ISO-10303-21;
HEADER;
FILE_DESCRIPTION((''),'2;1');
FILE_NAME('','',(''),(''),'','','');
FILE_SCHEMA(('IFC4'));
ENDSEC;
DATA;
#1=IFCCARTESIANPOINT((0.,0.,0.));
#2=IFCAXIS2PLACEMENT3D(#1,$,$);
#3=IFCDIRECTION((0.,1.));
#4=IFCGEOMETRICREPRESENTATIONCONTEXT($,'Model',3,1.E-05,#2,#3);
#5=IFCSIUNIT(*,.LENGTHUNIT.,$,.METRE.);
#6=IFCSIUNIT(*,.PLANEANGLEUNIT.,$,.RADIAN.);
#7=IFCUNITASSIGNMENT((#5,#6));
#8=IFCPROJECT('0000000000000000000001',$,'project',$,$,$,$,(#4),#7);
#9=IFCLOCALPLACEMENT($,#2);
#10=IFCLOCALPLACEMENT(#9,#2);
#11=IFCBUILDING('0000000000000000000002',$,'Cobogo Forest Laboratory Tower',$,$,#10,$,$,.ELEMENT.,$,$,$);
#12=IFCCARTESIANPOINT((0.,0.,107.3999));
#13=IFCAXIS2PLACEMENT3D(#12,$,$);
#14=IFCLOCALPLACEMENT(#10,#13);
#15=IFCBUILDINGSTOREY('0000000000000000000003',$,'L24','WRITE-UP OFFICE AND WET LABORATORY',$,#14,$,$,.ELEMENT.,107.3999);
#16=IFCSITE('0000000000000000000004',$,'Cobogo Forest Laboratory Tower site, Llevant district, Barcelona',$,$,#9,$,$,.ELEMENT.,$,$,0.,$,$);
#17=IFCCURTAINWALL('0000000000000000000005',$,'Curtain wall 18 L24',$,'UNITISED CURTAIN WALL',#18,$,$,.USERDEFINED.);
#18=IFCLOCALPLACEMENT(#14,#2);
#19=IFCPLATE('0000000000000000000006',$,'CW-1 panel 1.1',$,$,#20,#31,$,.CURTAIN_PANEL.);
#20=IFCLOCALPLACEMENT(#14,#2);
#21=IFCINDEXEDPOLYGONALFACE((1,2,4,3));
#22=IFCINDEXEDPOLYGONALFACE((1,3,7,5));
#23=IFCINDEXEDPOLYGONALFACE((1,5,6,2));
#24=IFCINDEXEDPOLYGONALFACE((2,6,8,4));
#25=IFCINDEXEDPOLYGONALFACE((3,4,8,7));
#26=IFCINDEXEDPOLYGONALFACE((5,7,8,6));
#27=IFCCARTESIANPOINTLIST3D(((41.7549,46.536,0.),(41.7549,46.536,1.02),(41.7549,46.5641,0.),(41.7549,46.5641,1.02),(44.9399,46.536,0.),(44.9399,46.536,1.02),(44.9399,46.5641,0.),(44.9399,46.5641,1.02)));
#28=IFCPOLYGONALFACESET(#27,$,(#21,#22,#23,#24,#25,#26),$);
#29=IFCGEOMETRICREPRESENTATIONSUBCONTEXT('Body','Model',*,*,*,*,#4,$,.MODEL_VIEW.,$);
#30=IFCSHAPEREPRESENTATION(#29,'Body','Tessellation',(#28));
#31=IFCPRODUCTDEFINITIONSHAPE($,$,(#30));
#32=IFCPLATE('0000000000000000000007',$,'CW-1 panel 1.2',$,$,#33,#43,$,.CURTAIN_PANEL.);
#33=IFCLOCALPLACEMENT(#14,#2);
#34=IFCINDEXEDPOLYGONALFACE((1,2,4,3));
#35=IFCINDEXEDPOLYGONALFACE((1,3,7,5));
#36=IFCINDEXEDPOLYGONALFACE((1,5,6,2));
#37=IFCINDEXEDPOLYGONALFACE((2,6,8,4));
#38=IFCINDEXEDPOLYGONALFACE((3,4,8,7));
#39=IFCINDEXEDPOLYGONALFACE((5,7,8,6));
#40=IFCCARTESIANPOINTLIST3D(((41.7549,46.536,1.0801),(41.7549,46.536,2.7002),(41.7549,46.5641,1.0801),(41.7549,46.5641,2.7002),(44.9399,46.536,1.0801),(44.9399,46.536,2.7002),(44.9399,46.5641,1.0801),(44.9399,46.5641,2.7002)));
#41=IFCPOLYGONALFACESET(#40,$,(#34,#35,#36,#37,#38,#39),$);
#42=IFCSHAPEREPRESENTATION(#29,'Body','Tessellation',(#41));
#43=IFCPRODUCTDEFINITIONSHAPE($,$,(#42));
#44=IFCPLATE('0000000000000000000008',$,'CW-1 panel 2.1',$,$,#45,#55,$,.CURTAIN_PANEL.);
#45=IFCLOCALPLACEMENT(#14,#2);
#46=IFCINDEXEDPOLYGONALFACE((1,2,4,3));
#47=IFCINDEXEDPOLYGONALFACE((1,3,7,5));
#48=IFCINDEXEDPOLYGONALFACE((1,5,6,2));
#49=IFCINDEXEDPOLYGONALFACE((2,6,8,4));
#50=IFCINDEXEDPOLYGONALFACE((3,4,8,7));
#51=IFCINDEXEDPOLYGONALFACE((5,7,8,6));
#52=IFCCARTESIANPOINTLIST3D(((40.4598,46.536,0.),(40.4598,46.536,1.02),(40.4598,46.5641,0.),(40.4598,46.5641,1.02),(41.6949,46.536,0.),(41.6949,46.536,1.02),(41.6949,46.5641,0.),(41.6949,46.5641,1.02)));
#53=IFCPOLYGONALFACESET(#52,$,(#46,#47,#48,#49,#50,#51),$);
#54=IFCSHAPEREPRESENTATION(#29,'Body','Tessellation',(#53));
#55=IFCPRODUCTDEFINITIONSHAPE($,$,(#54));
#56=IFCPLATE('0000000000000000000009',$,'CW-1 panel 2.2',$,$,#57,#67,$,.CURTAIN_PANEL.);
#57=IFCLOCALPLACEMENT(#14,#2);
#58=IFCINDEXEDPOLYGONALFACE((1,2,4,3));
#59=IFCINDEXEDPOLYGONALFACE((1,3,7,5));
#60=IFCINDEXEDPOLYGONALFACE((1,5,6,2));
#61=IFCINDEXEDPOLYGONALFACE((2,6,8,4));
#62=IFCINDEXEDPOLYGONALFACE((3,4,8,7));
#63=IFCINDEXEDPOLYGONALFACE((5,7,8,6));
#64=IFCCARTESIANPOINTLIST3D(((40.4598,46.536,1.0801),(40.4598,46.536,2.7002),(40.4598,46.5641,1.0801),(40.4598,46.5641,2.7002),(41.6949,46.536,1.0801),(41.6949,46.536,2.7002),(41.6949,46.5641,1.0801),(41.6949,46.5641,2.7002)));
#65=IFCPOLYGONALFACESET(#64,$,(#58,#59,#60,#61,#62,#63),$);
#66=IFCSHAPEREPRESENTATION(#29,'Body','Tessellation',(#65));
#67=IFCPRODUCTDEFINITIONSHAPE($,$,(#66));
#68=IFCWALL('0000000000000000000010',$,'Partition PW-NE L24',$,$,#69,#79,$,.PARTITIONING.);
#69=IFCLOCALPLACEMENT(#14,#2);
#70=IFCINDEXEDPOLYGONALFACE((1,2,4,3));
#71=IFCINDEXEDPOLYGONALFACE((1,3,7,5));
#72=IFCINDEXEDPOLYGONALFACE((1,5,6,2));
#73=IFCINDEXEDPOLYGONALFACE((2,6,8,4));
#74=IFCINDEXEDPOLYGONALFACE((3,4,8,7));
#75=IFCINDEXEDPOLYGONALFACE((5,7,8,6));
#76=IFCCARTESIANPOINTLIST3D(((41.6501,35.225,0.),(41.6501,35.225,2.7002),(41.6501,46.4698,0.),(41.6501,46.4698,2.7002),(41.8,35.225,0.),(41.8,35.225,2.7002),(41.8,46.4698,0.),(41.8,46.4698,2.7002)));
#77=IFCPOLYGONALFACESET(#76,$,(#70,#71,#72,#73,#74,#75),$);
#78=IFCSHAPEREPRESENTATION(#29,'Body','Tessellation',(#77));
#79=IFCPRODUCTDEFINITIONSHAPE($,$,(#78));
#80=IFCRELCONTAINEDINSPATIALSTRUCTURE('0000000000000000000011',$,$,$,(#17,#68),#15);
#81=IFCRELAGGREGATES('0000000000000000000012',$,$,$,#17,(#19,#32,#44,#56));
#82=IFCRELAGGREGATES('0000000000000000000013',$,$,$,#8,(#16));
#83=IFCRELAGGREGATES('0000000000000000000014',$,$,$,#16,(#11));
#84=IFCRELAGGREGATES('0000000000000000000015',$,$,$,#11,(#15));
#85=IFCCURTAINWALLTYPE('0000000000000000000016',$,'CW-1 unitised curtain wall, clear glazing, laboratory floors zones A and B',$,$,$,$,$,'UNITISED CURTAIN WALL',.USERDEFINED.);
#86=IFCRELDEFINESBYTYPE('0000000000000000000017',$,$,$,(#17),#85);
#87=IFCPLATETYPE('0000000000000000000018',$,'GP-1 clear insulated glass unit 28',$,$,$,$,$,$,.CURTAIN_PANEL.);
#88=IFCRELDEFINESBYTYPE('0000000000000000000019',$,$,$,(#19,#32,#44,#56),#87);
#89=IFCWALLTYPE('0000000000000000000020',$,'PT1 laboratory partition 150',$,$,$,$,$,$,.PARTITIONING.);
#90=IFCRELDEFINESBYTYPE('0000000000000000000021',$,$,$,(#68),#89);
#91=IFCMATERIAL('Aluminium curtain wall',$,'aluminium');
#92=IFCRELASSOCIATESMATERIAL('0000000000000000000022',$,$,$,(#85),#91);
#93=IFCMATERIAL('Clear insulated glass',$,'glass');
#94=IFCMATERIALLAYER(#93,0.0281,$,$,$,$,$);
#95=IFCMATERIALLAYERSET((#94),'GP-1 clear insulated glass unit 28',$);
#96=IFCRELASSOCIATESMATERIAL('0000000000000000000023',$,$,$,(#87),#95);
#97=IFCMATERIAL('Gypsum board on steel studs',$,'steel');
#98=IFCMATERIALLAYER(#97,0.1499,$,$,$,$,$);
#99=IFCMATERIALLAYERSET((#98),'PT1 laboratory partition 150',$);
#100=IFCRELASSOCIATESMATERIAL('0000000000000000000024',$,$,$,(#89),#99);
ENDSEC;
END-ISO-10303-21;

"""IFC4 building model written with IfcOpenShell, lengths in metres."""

from ifc_helpers import new_model, si_unit, direction, frame, frame_2d, origin, origin_2d, place, context, subcontext, project, spatial, rectangle, extrude, material, layer, layer_set, type_object, element, aggregate, save


model = new_model("IFC4")

# Units and contexts
model_context = context("Model", 3, precision=1e-05, world=origin(), true_north=direction((0.0, 1.0)))
body_context = subcontext(model_context, "Body", "Model", "MODEL_VIEW")
ifc_project = project(units=[si_unit("LENGTHUNIT", "METRE"), si_unit("PLANEANGLEUNIT", "RADIAN")], contexts=[model_context])

# Site, building, storey
site_placement = place(None, origin())
site = spatial("IfcSite", under=ifc_project, at=site_placement, Name="Cobogo Forest Laboratory Tower site, Llevant district, Barcelona", CompositionType="ELEMENT", RefElevation=0.0)
building_placement = place(site_placement, origin())
building = spatial("IfcBuilding", under=site, at=building_placement, Name="Cobogo Forest Laboratory Tower", CompositionType="ELEMENT")
storey_placement = place(building_placement, frame((0.0, 0.0, 107.3999)))
storey = spatial("IfcBuildingStorey", under=building, at=storey_placement, Name="L24", Description="WRITE-UP OFFICE AND WET LABORATORY", CompositionType="ELEMENT", Elevation=107.3999)

# Curtain wall
ifc_material_1 = material(Name="Aluminium curtain wall", Category="aluminium")
curtain_wall_type = type_object("IfcCurtainWallType", Name="CW-1 unitised curtain wall, clear glazing, laboratory floors zones A and B", ElementType="UNITISED CURTAIN WALL", PredefinedType="USERDEFINED", material=ifc_material_1)
curtain_wall_1_placement = place(storey_placement, origin())
curtain_wall_1 = element("IfcCurtainWall", 1, at=curtain_wall_1_placement, inside=storey, type_object=curtain_wall_type, Name="Curtain wall 18 L24", ObjectType="UNITISED CURTAIN WALL", PredefinedType="USERDEFINED")

# Plates
ifc_material_2 = material(Name="Clear insulated glass", Category="glass")
ifc_layer_1 = layer(ifc_material_2, 0.0281)
ifc_layer_set_1 = layer_set([ifc_layer_1], Name="GP-1 clear insulated glass unit 28")
plate_type = type_object("IfcPlateType", Name="GP-1 clear insulated glass unit 28", PredefinedType="CURTAIN_PANEL", material=ifc_layer_set_1)
plate_1_placement = place(storey_placement, frame((43.3474, 46.55, 0.0), z_axis=(0.0, 0.0, 1.0), x_axis=(-1.0, 0.0, 0.0)))
plate_1 = element("IfcPlate", 2, at=plate_1_placement, type_object=plate_type, Name="CW-1 panel 1.1", PredefinedType="CURTAIN_PANEL", context=body_context, shape_type="SweptSolid", body=[
    extrude(rectangle(XDim=3.1851, YDim=0.0281, at=origin_2d()), origin(), (0.0, 0.0, 1.0), 1.02),
])
plate_2_placement = place(storey_placement, frame((43.3474, 46.55, 1.0801), z_axis=(0.0, 0.0, 1.0), x_axis=(-1.0, 0.0, 0.0)))
plate_2 = element("IfcPlate", 3, at=plate_2_placement, type_object=plate_type, Name="CW-1 panel 1.2", PredefinedType="CURTAIN_PANEL", context=body_context, shape_type="SweptSolid", body=[
    extrude(rectangle(XDim=3.1851, YDim=0.0281, at=origin_2d()), origin(), (0.0, 0.0, 1.0), 1.6201),
])
plate_3_placement = place(storey_placement, frame((41.0774, 46.55, 0.0), z_axis=(0.0, 0.0, 1.0), x_axis=(-1.0, 0.0, 0.0)))
plate_3 = element("IfcPlate", 4, at=plate_3_placement, type_object=plate_type, Name="CW-1 panel 2.1", PredefinedType="CURTAIN_PANEL", context=body_context, shape_type="SweptSolid", body=[
    extrude(rectangle(XDim=1.2351, YDim=0.0281, at=origin_2d()), origin(), (0.0, 0.0, 1.0), 1.02),
])
plate_4_placement = place(storey_placement, frame((41.0774, 46.55, 1.0801), z_axis=(0.0, 0.0, 1.0), x_axis=(-1.0, 0.0, 0.0)))
plate_4 = element("IfcPlate", 5, at=plate_4_placement, type_object=plate_type, Name="CW-1 panel 2.2", PredefinedType="CURTAIN_PANEL", context=body_context, shape_type="SweptSolid", body=[
    extrude(rectangle(XDim=1.2351, YDim=0.0281, at=origin_2d()), origin(), (0.0, 0.0, 1.0), 1.6201),
])
aggregate(curtain_wall_1, [plate_1, plate_2, plate_3, plate_4])

# Wall
ifc_material_3 = material(Name="Gypsum board on steel studs", Category="steel")
ifc_layer_2 = layer(ifc_material_3, 0.1499)
ifc_layer_set_2 = layer_set([ifc_layer_2], Name="PT1 laboratory partition 150")
wall_type = type_object("IfcWallType", Name="PT1 laboratory partition 150", PredefinedType="PARTITIONING", material=ifc_layer_set_2)
wall_placement = place(storey_placement, frame((41.7251, 46.47, 0.0), z_axis=(0.0, 0.0, 1.0), x_axis=(0.0, -1.0, 0.0)))
element("IfcWall", 6, at=wall_placement, inside=storey, type_object=wall_type, Name="Partition PW-NE L24", PredefinedType="PARTITIONING", context=body_context, shape_type="SweptSolid", body=[
    extrude(rectangle(XDim=11.2449, YDim=0.1499, at=frame_2d((5.6226, 0.0))), origin(), (0.0, 0.0, 1.0), 2.7002),
])

save(model, "model.ifc")
